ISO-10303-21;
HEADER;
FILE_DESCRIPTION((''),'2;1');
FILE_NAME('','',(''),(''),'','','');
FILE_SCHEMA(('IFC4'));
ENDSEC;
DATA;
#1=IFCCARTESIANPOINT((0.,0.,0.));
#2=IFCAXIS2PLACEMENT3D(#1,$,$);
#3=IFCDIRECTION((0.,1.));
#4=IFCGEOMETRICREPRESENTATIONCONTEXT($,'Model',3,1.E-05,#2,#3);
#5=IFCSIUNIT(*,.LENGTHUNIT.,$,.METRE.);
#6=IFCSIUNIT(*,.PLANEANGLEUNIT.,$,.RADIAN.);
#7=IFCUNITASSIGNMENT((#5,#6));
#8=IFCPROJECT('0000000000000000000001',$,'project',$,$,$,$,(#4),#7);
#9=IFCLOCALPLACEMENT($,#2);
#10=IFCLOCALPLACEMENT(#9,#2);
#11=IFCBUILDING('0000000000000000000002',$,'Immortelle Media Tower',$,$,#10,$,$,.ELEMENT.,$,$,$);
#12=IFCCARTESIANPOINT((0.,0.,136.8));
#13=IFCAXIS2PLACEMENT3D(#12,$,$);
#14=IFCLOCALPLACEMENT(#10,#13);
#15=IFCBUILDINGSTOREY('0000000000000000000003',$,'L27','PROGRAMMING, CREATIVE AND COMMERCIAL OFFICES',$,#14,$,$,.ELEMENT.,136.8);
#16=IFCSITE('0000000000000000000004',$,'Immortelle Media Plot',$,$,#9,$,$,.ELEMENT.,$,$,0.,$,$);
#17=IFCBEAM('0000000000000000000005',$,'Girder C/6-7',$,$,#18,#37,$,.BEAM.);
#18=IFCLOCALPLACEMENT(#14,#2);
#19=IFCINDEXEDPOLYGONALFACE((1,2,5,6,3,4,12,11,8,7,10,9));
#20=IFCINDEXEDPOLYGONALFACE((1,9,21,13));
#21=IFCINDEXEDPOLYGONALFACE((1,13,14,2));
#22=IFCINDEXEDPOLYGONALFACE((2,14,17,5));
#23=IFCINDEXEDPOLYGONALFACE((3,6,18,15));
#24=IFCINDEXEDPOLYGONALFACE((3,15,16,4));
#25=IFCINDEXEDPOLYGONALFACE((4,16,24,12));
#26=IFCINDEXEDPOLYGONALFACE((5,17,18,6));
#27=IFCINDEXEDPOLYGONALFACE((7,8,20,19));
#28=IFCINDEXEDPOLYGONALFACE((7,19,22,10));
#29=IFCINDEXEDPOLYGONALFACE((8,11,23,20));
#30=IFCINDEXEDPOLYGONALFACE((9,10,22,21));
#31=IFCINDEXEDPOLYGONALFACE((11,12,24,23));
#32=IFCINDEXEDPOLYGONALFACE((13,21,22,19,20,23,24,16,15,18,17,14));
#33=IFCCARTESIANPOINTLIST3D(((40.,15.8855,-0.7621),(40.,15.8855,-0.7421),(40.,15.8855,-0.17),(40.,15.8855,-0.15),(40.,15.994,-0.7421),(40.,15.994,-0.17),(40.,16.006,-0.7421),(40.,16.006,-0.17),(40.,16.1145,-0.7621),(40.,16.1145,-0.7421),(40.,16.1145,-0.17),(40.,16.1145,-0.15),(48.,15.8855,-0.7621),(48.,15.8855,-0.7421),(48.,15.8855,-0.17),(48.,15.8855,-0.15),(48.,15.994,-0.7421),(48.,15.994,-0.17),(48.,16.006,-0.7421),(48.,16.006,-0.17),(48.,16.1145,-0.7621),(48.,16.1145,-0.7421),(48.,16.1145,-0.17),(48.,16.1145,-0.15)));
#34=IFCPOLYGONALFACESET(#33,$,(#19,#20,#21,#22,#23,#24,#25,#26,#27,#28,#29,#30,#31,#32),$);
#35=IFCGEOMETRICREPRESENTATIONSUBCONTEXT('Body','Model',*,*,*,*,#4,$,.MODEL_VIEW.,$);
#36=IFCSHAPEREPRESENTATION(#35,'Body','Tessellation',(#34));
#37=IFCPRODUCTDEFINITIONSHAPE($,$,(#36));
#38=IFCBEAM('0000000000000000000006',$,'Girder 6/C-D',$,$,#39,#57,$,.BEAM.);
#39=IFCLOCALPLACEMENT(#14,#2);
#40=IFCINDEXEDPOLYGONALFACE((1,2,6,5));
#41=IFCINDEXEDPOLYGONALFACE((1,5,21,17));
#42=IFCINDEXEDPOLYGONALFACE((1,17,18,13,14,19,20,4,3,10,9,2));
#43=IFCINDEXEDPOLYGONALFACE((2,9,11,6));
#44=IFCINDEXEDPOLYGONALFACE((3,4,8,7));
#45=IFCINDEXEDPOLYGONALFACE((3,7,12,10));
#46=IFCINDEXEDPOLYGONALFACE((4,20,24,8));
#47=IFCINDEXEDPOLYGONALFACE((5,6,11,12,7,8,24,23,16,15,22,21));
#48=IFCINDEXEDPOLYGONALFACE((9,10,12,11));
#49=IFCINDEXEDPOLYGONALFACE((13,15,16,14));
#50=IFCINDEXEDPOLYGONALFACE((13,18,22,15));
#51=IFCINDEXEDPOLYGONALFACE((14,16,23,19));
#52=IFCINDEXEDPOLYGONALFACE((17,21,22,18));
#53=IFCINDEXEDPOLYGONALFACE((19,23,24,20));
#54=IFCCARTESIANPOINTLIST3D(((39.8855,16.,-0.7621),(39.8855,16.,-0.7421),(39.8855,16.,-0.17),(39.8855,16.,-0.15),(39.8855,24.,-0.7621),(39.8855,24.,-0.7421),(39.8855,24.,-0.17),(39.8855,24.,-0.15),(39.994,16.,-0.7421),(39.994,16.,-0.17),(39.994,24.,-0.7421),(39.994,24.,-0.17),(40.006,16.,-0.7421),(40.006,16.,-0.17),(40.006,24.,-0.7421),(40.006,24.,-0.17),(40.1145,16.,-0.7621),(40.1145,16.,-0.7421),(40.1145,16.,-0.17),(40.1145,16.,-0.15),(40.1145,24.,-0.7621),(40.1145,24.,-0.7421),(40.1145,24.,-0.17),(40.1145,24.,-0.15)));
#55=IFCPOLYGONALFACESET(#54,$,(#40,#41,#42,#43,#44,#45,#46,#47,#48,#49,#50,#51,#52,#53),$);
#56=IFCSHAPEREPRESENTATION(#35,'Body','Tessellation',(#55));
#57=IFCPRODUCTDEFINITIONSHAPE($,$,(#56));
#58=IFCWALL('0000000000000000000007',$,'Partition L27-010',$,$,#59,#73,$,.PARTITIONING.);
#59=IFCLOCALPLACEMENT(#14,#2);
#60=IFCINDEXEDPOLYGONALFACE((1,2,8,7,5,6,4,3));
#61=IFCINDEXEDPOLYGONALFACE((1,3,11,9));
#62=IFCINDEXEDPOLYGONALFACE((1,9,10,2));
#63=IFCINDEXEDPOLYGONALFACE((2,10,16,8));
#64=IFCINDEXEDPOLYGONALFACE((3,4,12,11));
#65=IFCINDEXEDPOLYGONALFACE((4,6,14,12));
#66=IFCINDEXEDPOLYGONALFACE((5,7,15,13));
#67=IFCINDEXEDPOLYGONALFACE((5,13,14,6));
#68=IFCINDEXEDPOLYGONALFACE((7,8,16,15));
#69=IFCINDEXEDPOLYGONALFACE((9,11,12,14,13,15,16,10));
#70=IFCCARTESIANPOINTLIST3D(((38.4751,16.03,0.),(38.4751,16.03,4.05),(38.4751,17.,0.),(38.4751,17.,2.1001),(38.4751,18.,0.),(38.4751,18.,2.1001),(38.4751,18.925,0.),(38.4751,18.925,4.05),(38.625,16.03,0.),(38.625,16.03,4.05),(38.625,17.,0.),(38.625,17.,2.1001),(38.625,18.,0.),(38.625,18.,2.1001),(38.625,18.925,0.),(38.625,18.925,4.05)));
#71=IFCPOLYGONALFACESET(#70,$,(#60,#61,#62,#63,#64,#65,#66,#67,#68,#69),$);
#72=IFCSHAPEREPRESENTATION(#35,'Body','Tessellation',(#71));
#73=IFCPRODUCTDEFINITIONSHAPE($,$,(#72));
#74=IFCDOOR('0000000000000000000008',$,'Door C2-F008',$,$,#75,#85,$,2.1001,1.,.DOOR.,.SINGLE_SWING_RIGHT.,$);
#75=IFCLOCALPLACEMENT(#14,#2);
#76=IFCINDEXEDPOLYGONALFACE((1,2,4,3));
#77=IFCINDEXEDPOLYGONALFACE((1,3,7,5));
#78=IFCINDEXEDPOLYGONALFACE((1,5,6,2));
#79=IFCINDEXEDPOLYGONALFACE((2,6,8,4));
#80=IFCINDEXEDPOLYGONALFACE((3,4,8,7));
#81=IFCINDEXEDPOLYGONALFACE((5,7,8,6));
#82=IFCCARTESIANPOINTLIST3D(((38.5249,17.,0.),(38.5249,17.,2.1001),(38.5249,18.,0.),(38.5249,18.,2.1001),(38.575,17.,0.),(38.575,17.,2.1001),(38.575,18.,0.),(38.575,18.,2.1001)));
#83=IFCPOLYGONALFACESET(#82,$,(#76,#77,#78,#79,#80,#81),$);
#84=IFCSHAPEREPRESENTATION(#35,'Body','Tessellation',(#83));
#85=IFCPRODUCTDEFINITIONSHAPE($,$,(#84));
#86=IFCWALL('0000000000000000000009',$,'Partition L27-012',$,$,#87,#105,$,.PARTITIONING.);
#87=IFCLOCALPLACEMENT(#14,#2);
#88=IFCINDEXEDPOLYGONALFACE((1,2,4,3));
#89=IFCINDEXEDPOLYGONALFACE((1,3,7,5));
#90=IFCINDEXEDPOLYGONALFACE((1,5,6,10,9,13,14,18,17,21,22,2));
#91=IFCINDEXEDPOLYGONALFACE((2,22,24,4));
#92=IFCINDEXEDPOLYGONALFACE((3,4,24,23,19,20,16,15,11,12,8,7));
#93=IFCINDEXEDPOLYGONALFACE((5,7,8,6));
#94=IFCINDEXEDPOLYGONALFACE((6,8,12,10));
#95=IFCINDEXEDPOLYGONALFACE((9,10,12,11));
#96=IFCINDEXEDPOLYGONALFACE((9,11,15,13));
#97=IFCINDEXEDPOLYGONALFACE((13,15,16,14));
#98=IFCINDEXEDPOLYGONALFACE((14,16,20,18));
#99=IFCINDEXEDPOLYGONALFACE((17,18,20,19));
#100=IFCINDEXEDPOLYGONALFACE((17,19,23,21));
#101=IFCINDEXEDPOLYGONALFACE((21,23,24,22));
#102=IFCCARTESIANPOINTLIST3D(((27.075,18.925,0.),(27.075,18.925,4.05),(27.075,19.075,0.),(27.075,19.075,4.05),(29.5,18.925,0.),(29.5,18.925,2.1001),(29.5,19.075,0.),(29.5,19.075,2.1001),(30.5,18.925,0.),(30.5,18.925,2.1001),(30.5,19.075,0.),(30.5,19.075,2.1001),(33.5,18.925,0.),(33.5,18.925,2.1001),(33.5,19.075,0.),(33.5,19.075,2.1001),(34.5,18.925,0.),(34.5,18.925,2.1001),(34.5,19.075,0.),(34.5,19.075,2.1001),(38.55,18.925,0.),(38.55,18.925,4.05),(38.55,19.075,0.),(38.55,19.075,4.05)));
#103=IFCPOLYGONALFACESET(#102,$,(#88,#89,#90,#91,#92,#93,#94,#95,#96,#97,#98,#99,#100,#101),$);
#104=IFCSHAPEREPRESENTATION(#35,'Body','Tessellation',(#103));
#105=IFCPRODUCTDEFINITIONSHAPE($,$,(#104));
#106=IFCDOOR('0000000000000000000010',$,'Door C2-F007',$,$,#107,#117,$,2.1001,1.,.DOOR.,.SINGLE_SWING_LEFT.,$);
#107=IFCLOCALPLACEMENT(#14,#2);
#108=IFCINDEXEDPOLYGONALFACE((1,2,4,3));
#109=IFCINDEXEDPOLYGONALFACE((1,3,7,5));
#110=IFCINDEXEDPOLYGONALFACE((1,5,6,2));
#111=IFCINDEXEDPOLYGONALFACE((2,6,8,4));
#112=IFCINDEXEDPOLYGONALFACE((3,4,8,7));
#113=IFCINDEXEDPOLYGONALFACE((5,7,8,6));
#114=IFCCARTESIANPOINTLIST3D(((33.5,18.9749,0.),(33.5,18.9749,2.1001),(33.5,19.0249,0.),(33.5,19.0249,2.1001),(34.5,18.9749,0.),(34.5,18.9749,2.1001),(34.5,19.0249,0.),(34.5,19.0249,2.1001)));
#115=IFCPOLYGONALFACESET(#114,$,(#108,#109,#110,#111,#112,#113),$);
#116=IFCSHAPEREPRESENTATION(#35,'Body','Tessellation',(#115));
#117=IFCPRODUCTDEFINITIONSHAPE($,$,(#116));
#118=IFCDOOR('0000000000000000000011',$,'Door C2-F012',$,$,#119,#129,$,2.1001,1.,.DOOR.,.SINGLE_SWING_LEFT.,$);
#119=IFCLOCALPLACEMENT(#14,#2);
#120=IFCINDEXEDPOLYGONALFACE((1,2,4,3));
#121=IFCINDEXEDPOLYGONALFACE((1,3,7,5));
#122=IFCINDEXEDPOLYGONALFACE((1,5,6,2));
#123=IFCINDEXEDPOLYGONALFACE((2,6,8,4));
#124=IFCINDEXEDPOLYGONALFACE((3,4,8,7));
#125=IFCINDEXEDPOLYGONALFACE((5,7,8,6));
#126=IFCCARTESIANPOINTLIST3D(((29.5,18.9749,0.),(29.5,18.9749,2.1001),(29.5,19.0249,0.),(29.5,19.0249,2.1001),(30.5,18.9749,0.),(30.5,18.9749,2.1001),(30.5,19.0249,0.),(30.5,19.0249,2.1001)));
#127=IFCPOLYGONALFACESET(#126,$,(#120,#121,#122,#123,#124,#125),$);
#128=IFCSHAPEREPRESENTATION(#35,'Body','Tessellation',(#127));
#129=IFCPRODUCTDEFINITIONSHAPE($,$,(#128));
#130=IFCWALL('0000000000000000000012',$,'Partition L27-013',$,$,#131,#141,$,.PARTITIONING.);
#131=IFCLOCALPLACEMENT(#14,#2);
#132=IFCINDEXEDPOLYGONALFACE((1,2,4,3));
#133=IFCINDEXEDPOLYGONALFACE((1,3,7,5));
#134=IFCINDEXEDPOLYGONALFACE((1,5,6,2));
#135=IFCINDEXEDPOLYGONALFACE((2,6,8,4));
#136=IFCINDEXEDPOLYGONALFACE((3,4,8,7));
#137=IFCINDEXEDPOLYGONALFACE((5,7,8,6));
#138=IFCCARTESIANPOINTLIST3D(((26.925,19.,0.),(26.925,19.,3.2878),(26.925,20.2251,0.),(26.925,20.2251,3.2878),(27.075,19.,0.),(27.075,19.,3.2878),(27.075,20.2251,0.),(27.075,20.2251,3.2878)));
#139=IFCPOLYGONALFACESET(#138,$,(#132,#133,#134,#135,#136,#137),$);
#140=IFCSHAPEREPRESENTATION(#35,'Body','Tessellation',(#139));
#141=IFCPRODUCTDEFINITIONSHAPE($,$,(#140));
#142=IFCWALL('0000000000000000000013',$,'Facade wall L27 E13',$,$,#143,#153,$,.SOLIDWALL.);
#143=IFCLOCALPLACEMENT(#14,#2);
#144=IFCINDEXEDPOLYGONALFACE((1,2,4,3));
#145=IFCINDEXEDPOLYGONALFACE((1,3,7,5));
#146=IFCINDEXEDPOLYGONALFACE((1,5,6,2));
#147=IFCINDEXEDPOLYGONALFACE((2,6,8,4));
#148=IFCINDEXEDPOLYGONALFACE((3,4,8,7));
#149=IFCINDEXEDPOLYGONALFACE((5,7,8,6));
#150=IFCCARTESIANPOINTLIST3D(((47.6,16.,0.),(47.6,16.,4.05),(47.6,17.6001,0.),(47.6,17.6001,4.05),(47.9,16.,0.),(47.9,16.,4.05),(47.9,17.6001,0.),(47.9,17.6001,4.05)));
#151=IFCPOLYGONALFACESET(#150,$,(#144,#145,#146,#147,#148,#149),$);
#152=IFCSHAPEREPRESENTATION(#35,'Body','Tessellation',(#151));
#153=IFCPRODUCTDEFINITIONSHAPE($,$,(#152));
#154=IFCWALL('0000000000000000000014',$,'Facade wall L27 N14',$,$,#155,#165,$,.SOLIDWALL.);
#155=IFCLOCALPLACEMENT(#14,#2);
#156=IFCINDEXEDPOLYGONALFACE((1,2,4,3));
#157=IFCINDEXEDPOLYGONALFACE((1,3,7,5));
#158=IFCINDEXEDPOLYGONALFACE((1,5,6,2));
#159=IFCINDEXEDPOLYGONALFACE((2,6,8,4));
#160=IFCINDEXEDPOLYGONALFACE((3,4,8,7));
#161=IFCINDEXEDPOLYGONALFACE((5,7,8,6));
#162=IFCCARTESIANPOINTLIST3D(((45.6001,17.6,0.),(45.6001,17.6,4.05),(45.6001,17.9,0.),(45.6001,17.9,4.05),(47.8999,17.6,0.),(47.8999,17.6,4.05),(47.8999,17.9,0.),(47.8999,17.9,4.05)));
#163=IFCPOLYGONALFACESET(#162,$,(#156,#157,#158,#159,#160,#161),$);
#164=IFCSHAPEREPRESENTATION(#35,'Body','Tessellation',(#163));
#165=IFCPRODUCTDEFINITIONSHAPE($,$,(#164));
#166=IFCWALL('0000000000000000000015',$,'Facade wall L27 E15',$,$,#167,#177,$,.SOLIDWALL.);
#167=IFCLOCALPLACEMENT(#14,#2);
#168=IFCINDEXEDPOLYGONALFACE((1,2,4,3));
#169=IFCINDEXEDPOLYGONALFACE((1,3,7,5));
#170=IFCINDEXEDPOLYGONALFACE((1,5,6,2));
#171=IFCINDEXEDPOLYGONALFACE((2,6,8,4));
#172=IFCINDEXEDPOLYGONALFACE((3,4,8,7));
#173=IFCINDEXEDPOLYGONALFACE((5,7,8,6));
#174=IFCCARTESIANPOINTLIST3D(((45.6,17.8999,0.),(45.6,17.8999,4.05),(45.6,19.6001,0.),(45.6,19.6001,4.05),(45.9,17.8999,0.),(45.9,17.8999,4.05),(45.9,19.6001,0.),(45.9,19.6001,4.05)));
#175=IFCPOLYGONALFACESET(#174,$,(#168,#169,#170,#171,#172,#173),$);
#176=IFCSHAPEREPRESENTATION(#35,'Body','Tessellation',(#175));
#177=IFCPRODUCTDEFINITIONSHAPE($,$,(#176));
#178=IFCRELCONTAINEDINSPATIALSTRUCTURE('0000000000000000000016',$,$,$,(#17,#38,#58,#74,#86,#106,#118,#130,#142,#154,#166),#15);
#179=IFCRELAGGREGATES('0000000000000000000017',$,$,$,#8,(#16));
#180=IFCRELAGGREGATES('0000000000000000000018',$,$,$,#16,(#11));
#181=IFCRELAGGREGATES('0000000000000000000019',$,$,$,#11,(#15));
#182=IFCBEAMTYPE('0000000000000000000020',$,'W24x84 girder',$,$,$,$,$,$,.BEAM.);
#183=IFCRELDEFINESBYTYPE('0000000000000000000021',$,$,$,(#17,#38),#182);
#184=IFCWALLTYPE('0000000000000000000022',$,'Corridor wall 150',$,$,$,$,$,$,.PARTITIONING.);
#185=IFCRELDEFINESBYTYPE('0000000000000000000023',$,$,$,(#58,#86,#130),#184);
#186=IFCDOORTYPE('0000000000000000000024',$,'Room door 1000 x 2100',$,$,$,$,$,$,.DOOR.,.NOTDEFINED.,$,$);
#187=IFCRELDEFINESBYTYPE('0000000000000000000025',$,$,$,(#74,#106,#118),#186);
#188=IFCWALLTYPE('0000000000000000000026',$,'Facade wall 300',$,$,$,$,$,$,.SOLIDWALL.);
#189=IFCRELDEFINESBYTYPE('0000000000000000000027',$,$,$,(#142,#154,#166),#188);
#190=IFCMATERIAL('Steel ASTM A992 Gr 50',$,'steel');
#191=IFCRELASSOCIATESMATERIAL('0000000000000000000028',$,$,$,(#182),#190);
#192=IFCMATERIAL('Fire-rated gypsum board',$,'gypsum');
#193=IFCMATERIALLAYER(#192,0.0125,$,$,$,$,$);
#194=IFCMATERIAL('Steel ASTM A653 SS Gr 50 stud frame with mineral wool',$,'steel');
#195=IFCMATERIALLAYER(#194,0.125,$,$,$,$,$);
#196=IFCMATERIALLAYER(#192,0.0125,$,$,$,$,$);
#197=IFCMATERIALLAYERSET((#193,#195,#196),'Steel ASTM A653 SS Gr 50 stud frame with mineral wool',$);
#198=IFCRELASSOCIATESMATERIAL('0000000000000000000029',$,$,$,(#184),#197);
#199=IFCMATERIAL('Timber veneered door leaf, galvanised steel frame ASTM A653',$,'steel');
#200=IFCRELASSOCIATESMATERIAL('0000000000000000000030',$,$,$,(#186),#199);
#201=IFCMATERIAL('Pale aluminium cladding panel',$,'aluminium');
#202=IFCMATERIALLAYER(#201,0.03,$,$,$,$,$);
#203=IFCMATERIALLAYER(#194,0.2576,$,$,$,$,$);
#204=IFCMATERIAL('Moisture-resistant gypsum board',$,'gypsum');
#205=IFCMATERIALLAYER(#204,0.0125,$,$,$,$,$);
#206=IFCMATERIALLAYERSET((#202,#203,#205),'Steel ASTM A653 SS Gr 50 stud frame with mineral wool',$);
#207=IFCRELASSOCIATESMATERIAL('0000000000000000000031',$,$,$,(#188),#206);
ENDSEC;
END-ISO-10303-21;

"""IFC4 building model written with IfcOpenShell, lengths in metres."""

from ifc_helpers import new_model, si_unit, direction, frame, frame_2d, origin, origin_2d, place, context, subcontext, project, spatial, rectangle, i_section, extrude, material, layer, layer_set, material_profile, profile_set, type_object, element, fill, save


model = new_model("IFC4")

# Units and contexts
model_context = context("Model", 3, precision=1e-05, world=origin(), true_north=direction((0.0, 1.0)))
body_context = subcontext(model_context, "Body", "Model", "MODEL_VIEW")
ifc_project = project(units=[si_unit("LENGTHUNIT", "METRE"), si_unit("PLANEANGLEUNIT", "RADIAN")], contexts=[model_context])

# Site, building, storey
site_placement = place(None, origin())
site = spatial("IfcSite", under=ifc_project, at=site_placement, Name="Immortelle Media Plot", CompositionType="ELEMENT", RefElevation=0.0)
building_placement = place(site_placement, origin())
building = spatial("IfcBuilding", under=site, at=building_placement, Name="Immortelle Media Tower", CompositionType="ELEMENT")
storey_placement = place(building_placement, frame((0.0, 0.0, 136.8)))
storey = spatial("IfcBuildingStorey", under=building, at=storey_placement, Name="L27", Description="PROGRAMMING, CREATIVE AND COMMERCIAL OFFICES", CompositionType="ELEMENT", Elevation=136.8)

# Shared definitions
ifc_material_1 = material(Name="Steel ASTM A992 Gr 50", Category="steel")

# Beams
ifc_material_profile_1 = material_profile(ifc_material_1, i_section(OverallWidth=0.229, OverallDepth=0.6121, WebThickness=0.012, FlangeThickness=0.02, at=origin_2d()), Name="W24x84")
ifc_profile_set_1 = profile_set([ifc_material_profile_1], Name="Steel ASTM A992 Gr 50")
beam_type_1 = type_object("IfcBeamType", Name="W24x84 girder", PredefinedType="BEAM", material=ifc_profile_set_1)
for number, where, z_axis, x_axis, name in (
    (1, (40.0, 16.0, -0.4561), (1.0, 0.0, 0.0), (0.0, 1.0, 0.0), "Girder C/6-7"),
    (2, (40.0, 16.0, -0.4561), (0.0, 1.0, 0.0), (-1.0, 0.0, 0.0), "Girder 6/C-D"),
):
    element("IfcBeam", number, at=place(storey_placement, frame(where, z_axis=z_axis, x_axis=x_axis)), inside=storey, type_object=beam_type_1, Name=name, PredefinedType="BEAM", context=body_context, shape_type="SweptSolid", body=[
        extrude(i_section(OverallWidth=0.229, OverallDepth=0.6121, WebThickness=0.012, FlangeThickness=0.02, at=origin_2d()), origin(), (0.0, 0.0, 1.0), 8.0),
    ])

# Wall, opening, door
ifc_material_2 = material(Name="Fire-rated gypsum board", Category="gypsum")
ifc_layer_1 = layer(ifc_material_2, 0.0125)
ifc_material_3 = material(Name="Steel ASTM A653 SS Gr 50 stud frame with mineral wool", Category="steel")
ifc_layer_2 = layer(ifc_material_3, 0.125)
ifc_layer_3 = layer(ifc_material_2, 0.0125)
ifc_layer_set_1 = layer_set([ifc_layer_1, ifc_layer_2, ifc_layer_3], Name="Steel ASTM A653 SS Gr 50 stud frame with mineral wool")
wall_type_1 = type_object("IfcWallType", Name="Corridor wall 150", PredefinedType="PARTITIONING", material=ifc_layer_set_1)
wall_1_placement = place(storey_placement, frame((38.55, 16.03, 0.0), z_axis=(0.0, 0.0, 1.0), x_axis=(0.0, 1.0, 0.0)))
wall_1 = element("IfcWall", 3, at=wall_1_placement, inside=storey, type_object=wall_type_1, Name="Partition L27-010", PredefinedType="PARTITIONING", context=body_context, shape_type="SweptSolid", body=[
    extrude(rectangle(XDim=2.895, YDim=0.1499, at=frame_2d((1.4475, 0.0))), origin(), (0.0, 0.0, 1.0), 4.05),
])
opening_1_placement = place(wall_1_placement, frame((1.97, 0.0, 0.0), z_axis=(0.0, 0.0, 1.0), x_axis=(-1.0, 0.0, 0.0)))
opening_1 = element("IfcOpeningElement", 4, at=opening_1_placement, cuts=wall_1, PredefinedType="OPENING", context=body_context, shape_type="SweptSolid", body=[
    extrude(rectangle(XDim=1.0, YDim=2.1001, at=frame_2d((0.5, 1.05))), frame((0.0, 0.085, 0.0), z_axis=(0.0, -1.0, 0.0), x_axis=(1.0, 0.0, 0.0)), (0.0, 0.0, 1.0), 0.1699),
])
ifc_material_4 = material(Name="Timber veneered door leaf, galvanised steel frame ASTM A653", Category="steel")
door_type_1 = type_object("IfcDoorType", Name="Room door 1000 x 2100", OperationType="NOTDEFINED", PredefinedType="DOOR", material=ifc_material_4)
door_1_placement = place(opening_1_placement, origin())
door_1 = element("IfcDoor", 5, at=door_1_placement, inside=storey, type_object=door_type_1, Name="Door C2-F008", OperationType="SINGLE_SWING_RIGHT", OverallHeight=2.1001, OverallWidth=1.0, PredefinedType="DOOR", context=body_context, shape_type="SweptSolid", body=[
    extrude(rectangle(XDim=1.0, YDim=2.1001, at=frame_2d((0.5, 1.05))), frame((0.0, 0.0249, 0.0), z_axis=(0.0, -1.0, 0.0), x_axis=(1.0, 0.0, 0.0)), (0.0, 0.0, 1.0), 0.05),
])
fill(opening_1, door_1)

# Wall, openings, doors
wall_2_placement = place(storey_placement, frame((27.075, 19.0, 0.0), z_axis=(0.0, 0.0, 1.0), x_axis=(1.0, 0.0, 0.0)))
wall_2 = element("IfcWall", 6, at=wall_2_placement, inside=storey, type_object=wall_type_1, Name="Partition L27-012", PredefinedType="PARTITIONING", context=body_context, shape_type="SweptSolid", body=[
    extrude(rectangle(XDim=11.4751, YDim=0.1499, at=frame_2d((5.7375, 0.0))), origin(), (0.0, 0.0, 1.0), 4.05),
])
opening_2_placement = place(wall_2_placement, frame((6.425, 0.0, 0.0)))
opening_2 = element("IfcOpeningElement", 7, at=opening_2_placement, cuts=wall_2, PredefinedType="OPENING", context=body_context, shape_type="SweptSolid", body=[
    extrude(rectangle(XDim=1.0, YDim=2.1001, at=frame_2d((0.5, 1.05))), frame((0.0, 0.085, 0.0), z_axis=(0.0, -1.0, 0.0), x_axis=(1.0, 0.0, 0.0)), (0.0, 0.0, 1.0), 0.1699),
])
opening_3_placement = place(wall_2_placement, frame((2.425, 0.0, 0.0)))
opening_3 = element("IfcOpeningElement", 8, at=opening_3_placement, cuts=wall_2, PredefinedType="OPENING", context=body_context, shape_type="SweptSolid", body=[
    extrude(rectangle(XDim=1.0, YDim=2.1001, at=frame_2d((0.5, 1.05))), frame((0.0, 0.085, 0.0), z_axis=(0.0, -1.0, 0.0), x_axis=(1.0, 0.0, 0.0)), (0.0, 0.0, 1.0), 0.1699),
])
door_2_placement = place(opening_2_placement, origin())
door_2 = element("IfcDoor", 9, at=door_2_placement, inside=storey, type_object=door_type_1, Name="Door C2-F007", OperationType="SINGLE_SWING_LEFT", OverallHeight=2.1001, OverallWidth=1.0, PredefinedType="DOOR", context=body_context, shape_type="SweptSolid", body=[
    extrude(rectangle(XDim=1.0, YDim=2.1001, at=frame_2d((0.5, 1.05))), frame((0.0, 0.0249, 0.0), z_axis=(0.0, -1.0, 0.0), x_axis=(1.0, 0.0, 0.0)), (0.0, 0.0, 1.0), 0.05),
])
fill(opening_2, door_2)
door_3_placement = place(opening_3_placement, origin())
door_3 = element("IfcDoor", 10, at=door_3_placement, inside=storey, type_object=door_type_1, Name="Door C2-F012", OperationType="SINGLE_SWING_LEFT", OverallHeight=2.1001, OverallWidth=1.0, PredefinedType="DOOR", context=body_context, shape_type="SweptSolid", body=[
    extrude(rectangle(XDim=1.0, YDim=2.1001, at=frame_2d((0.5, 1.05))), frame((0.0, 0.0249, 0.0), z_axis=(0.0, -1.0, 0.0), x_axis=(1.0, 0.0, 0.0)), (0.0, 0.0, 1.0), 0.05),
])
fill(opening_3, door_3)

# Walls
wall_3_placement = place(storey_placement, frame((27.0, 19.0, 0.0), z_axis=(0.0, 0.0, 1.0), x_axis=(0.0, 1.0, 0.0)))
element("IfcWall", 11, at=wall_3_placement, inside=storey, type_object=wall_type_1, Name="Partition L27-013", PredefinedType="PARTITIONING", context=body_context, shape_type="SweptSolid", body=[
    extrude(rectangle(XDim=1.2251, YDim=0.1499, at=frame_2d((0.6125, 0.0))), origin(), (0.0, 0.0, 1.0), 3.2878),
])
ifc_material_5 = material(Name="Pale aluminium cladding panel", Category="aluminium")
ifc_layer_4 = layer(ifc_material_5, 0.03)
ifc_layer_5 = layer(ifc_material_3, 0.2576)
ifc_material_6 = material(Name="Moisture-resistant gypsum board", Category="gypsum")
ifc_layer_6 = layer(ifc_material_6, 0.0125)
ifc_layer_set_2 = layer_set([ifc_layer_4, ifc_layer_5, ifc_layer_6], Name="Steel ASTM A653 SS Gr 50 stud frame with mineral wool")
wall_type_2 = type_object("IfcWallType", Name="Facade wall 300", PredefinedType="SOLIDWALL", material=ifc_layer_set_2)
wall_4_placement = place(storey_placement, frame((47.75, 16.0, 0.0), z_axis=(0.0, 0.0, 1.0), x_axis=(0.0, 1.0, 0.0)))
element("IfcWall", 12, at=wall_4_placement, inside=storey, type_object=wall_type_2, Name="Facade wall L27 E13", PredefinedType="SOLIDWALL", context=body_context, shape_type="SweptSolid", body=[
    extrude(rectangle(XDim=1.6001, YDim=0.3, at=frame_2d((0.8, 0.0))), origin(), (0.0, 0.0, 1.0), 4.05),
])
wall_5_placement = place(storey_placement, frame((47.8999, 17.75, 0.0), z_axis=(0.0, 0.0, 1.0), x_axis=(-1.0, 0.0, 0.0)))
element("IfcWall", 13, at=wall_5_placement, inside=storey, type_object=wall_type_2, Name="Facade wall L27 N14", PredefinedType="SOLIDWALL", context=body_context, shape_type="SweptSolid", body=[
    extrude(rectangle(XDim=2.2998, YDim=0.3, at=frame_2d((1.1499, 0.0))), origin(), (0.0, 0.0, 1.0), 4.05),
])
wall_6_placement = place(storey_placement, frame((45.75, 17.8999, 0.0), z_axis=(0.0, 0.0, 1.0), x_axis=(0.0, 1.0, 0.0)))
element("IfcWall", 14, at=wall_6_placement, inside=storey, type_object=wall_type_2, Name="Facade wall L27 E15", PredefinedType="SOLIDWALL", context=body_context, shape_type="SweptSolid", body=[
    extrude(rectangle(XDim=1.7002, YDim=0.3, at=frame_2d((0.8501, 0.0))), origin(), (0.0, 0.0, 1.0), 4.05),
])

save(model, "model.ifc")
